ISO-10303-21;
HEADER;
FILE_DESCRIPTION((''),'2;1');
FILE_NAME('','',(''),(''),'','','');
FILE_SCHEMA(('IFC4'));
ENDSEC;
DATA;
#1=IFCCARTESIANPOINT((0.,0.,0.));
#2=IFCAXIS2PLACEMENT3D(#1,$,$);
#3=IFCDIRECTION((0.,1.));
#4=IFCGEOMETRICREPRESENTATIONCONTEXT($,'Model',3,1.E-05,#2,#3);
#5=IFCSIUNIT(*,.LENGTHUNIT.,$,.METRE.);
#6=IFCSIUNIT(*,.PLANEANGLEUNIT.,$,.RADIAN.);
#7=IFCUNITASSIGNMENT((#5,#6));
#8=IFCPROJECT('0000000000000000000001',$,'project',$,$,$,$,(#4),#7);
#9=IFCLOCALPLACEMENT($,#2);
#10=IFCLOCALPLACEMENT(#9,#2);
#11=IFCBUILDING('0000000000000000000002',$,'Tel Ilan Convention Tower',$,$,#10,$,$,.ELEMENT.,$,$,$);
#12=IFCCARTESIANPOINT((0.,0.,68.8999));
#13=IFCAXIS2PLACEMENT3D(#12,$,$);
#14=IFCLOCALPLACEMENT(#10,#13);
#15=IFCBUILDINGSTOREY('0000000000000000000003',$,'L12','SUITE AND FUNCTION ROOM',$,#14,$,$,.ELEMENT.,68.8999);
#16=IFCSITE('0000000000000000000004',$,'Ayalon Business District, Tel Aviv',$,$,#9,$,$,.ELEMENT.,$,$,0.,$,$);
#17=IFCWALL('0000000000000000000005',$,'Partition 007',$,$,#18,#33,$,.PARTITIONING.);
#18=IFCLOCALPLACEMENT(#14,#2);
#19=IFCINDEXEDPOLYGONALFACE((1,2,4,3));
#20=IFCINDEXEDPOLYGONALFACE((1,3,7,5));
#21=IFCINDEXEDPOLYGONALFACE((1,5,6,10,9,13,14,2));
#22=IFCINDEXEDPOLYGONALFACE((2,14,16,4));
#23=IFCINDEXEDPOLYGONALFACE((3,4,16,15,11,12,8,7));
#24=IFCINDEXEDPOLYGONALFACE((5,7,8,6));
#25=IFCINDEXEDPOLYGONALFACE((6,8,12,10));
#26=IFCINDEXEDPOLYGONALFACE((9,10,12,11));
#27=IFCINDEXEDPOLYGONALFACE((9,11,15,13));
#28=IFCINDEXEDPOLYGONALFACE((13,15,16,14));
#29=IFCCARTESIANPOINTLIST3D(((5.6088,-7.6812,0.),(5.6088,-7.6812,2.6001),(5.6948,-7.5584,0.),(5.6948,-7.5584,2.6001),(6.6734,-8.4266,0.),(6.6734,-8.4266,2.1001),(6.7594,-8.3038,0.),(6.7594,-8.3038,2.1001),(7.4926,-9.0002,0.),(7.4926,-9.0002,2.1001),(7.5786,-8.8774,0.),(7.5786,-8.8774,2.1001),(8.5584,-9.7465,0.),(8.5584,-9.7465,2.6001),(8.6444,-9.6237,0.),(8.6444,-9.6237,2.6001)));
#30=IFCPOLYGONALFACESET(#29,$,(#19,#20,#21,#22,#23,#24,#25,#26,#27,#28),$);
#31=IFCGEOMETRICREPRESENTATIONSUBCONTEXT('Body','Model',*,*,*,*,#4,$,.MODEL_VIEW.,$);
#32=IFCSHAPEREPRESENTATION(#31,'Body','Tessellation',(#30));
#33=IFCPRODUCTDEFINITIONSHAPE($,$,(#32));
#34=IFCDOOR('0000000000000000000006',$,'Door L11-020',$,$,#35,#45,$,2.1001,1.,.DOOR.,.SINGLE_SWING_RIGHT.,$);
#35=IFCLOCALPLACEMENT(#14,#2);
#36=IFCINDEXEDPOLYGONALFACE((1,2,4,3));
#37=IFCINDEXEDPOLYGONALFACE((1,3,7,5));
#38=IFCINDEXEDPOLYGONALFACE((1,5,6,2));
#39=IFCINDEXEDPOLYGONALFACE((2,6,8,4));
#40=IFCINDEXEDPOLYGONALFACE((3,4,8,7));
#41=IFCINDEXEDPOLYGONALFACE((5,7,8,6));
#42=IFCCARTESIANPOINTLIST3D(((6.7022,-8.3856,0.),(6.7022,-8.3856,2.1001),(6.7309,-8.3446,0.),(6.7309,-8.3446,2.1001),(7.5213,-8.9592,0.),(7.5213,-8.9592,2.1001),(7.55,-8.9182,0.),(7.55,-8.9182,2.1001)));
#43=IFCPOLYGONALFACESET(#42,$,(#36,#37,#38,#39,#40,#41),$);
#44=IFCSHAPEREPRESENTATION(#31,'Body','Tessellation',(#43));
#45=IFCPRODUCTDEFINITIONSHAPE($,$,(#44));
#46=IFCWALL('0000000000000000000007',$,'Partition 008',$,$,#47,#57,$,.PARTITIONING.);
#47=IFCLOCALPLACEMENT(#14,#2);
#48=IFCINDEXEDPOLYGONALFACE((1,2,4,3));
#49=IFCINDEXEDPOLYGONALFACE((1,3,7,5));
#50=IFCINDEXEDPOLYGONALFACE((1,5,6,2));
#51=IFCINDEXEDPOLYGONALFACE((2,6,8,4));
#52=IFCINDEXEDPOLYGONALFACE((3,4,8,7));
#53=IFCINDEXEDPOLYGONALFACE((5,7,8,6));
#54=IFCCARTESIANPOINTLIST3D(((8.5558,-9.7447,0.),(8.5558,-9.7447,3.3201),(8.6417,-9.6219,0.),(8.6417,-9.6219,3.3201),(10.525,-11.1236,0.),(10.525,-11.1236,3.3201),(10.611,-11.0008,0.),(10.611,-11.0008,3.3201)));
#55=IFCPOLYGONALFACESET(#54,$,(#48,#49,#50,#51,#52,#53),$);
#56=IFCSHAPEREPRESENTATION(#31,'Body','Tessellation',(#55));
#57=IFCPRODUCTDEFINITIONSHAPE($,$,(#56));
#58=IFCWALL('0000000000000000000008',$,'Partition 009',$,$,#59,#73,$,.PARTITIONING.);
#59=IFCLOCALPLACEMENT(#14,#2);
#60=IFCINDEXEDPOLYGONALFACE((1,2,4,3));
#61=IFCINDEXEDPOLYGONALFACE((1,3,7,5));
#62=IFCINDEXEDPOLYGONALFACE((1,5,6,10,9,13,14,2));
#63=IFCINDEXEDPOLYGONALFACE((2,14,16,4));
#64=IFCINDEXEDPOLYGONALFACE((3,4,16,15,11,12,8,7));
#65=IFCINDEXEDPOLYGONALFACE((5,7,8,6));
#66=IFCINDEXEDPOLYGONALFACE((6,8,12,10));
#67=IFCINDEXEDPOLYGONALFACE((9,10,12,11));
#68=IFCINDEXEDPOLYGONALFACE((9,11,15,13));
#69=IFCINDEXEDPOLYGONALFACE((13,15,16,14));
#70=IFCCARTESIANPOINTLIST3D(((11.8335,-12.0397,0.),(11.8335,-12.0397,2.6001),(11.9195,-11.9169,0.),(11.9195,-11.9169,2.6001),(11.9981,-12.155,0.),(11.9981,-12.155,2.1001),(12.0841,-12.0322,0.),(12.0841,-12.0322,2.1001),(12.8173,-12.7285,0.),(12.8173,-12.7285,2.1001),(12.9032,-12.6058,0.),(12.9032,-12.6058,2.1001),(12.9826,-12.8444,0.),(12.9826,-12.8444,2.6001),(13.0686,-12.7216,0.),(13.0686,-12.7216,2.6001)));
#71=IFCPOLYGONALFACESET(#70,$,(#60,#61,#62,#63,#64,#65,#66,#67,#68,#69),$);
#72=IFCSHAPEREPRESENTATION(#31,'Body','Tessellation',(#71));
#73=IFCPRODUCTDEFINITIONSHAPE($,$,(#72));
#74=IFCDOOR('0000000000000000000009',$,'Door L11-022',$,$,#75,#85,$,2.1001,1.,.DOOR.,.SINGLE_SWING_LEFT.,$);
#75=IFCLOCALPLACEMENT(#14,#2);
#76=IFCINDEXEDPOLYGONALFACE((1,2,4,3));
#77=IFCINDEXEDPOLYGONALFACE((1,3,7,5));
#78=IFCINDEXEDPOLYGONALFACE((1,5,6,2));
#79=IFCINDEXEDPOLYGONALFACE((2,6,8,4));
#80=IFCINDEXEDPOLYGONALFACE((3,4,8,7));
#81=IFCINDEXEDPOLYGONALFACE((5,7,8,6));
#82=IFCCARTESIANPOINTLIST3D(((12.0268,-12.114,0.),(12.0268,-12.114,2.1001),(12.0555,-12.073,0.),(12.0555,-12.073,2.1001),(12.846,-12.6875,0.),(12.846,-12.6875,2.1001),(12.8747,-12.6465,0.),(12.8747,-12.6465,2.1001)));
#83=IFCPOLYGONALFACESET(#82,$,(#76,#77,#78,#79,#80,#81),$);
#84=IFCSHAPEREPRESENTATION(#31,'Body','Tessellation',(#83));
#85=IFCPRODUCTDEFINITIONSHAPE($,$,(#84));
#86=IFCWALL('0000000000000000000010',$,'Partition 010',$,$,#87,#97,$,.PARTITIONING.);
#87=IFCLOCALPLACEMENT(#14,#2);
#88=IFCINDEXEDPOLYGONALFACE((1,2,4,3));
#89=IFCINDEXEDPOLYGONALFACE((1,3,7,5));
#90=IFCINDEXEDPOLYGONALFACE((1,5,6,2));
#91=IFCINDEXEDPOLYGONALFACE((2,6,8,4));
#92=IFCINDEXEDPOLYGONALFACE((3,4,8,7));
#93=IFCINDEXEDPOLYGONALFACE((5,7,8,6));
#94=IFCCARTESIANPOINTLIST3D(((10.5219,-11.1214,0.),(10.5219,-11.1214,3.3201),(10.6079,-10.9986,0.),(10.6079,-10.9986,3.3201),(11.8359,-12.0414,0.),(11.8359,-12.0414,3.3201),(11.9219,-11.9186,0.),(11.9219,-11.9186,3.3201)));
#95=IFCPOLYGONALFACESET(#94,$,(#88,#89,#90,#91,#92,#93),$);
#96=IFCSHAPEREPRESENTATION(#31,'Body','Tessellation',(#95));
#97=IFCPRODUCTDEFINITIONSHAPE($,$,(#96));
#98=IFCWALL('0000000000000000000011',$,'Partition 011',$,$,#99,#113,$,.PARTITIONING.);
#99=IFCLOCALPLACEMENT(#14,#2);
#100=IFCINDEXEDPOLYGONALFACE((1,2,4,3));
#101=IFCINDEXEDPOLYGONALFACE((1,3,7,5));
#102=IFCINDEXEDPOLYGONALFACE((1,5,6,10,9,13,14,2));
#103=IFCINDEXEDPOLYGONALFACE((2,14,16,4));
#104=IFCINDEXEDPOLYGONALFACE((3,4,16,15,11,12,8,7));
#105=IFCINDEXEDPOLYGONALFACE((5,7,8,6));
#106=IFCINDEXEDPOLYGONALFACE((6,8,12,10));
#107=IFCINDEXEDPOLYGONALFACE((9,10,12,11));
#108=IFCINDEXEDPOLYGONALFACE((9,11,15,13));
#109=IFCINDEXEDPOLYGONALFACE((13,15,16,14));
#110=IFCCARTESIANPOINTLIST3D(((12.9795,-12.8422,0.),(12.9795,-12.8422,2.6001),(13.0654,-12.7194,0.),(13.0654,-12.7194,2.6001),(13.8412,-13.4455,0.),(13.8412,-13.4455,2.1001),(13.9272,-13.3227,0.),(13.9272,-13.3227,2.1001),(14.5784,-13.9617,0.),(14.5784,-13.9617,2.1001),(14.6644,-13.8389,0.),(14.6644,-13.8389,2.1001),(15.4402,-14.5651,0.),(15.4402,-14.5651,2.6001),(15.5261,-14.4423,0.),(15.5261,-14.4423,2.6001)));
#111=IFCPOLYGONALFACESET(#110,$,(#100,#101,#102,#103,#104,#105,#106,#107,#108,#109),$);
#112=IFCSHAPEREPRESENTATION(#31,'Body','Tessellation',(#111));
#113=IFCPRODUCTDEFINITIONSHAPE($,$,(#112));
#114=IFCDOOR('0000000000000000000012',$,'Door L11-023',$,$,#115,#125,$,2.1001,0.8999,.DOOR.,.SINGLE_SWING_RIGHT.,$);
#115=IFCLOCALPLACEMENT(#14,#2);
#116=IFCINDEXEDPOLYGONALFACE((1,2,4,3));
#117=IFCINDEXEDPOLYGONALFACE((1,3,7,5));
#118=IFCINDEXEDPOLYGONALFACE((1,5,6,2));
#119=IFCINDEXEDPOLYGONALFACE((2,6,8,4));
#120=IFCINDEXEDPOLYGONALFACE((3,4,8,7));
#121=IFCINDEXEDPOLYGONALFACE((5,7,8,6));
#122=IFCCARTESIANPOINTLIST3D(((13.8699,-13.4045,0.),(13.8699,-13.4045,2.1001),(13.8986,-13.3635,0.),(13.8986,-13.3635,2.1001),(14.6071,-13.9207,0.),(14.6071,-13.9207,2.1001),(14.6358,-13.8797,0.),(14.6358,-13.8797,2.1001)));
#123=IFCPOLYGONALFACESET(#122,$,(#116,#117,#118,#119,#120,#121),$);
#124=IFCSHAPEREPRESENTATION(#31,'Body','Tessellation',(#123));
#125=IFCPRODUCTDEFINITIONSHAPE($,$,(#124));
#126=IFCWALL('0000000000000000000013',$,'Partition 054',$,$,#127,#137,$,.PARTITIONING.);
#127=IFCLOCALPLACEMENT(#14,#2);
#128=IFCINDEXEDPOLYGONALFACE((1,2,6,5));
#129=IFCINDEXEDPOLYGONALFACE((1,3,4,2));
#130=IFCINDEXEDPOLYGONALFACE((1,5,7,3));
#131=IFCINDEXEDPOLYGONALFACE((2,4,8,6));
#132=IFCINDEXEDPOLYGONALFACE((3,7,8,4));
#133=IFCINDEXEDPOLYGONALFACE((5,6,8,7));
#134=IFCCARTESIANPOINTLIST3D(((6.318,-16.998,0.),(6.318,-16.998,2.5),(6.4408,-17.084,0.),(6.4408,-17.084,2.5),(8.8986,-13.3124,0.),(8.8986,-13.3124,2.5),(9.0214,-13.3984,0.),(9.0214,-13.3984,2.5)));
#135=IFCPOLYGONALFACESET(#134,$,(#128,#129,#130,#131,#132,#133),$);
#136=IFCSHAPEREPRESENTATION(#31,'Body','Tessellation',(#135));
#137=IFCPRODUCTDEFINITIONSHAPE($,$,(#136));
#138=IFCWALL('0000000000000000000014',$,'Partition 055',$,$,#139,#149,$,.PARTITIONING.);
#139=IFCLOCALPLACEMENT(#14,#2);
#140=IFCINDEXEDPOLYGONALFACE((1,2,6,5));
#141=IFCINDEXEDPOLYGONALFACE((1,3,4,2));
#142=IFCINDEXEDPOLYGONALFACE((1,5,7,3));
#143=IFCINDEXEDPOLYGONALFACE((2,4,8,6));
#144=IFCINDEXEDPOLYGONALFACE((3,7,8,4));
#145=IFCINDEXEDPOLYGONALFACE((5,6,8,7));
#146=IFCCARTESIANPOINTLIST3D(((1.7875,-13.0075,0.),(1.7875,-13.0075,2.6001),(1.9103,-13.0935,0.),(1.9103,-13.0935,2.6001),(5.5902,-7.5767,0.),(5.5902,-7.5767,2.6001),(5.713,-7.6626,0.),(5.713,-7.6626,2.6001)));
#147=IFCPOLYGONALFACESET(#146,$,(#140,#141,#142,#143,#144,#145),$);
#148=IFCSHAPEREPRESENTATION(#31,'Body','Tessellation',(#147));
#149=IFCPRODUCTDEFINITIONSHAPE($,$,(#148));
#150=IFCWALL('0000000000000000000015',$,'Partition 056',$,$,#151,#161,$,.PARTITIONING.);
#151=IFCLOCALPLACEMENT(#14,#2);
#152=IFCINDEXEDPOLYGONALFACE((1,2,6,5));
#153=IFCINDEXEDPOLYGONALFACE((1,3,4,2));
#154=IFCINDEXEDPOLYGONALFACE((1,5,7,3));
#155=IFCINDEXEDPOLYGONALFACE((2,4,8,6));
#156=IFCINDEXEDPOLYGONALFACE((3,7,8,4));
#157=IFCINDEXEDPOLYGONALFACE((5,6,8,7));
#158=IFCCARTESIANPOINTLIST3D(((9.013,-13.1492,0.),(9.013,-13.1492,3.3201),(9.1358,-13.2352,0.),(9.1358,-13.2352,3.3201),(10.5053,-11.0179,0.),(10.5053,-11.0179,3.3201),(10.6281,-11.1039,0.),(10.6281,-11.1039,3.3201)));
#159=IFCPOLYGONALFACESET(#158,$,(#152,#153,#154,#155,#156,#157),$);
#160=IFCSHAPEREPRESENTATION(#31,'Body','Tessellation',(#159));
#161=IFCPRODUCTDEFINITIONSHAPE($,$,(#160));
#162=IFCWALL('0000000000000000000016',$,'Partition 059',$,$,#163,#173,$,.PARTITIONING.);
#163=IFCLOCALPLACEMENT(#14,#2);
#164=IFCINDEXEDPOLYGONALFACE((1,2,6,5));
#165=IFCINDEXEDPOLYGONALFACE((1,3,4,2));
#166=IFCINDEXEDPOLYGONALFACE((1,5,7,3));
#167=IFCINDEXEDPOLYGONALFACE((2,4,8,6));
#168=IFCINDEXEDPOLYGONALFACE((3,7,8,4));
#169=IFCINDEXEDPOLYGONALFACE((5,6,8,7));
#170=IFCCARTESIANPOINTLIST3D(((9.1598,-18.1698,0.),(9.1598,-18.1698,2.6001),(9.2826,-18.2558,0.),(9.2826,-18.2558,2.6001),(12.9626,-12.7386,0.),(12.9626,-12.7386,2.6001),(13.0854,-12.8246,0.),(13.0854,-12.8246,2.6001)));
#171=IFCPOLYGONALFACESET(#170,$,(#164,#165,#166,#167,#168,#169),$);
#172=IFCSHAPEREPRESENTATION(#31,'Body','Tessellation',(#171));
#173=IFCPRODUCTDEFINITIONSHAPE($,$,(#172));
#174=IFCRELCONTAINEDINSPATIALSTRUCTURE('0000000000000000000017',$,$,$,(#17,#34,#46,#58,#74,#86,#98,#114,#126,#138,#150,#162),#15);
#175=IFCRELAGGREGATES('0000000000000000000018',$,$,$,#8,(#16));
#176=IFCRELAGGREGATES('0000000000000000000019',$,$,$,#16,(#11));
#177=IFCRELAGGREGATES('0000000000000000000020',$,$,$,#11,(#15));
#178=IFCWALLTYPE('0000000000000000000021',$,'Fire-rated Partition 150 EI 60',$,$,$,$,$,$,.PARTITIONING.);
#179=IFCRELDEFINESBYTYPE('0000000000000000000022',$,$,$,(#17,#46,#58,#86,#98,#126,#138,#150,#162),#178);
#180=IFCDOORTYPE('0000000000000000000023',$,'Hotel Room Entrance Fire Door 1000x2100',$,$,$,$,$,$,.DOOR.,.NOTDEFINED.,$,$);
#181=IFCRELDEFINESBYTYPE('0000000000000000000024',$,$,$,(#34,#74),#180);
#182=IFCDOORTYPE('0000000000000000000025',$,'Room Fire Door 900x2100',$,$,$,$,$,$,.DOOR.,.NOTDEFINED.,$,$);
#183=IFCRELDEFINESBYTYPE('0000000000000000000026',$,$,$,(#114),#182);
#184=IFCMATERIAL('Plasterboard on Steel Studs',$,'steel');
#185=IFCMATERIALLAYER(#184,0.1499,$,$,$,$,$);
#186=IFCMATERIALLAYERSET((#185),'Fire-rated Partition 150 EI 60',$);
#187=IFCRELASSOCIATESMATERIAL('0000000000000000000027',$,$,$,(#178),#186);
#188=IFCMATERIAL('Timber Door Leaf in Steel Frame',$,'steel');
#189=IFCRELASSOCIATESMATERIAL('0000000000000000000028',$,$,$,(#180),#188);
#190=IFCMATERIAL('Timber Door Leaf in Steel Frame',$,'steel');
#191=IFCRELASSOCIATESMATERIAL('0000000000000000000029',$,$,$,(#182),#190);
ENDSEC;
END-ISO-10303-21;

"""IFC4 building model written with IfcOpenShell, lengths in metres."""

from ifc_helpers import new_model, si_unit, direction, frame, frame_2d, origin, place, context, subcontext, project, spatial, rectangle, extrude, material, layer, layer_set, type_object, element, fill, save


model = new_model("IFC4")

# Units and contexts
model_context = context("Model", 3, precision=1e-05, world=origin(), true_north=direction((0.0, 1.0)))
body_context = subcontext(model_context, "Body", "Model", "MODEL_VIEW")
ifc_project = project(units=[si_unit("LENGTHUNIT", "METRE"), si_unit("PLANEANGLEUNIT", "RADIAN")], contexts=[model_context])

# Site, building, storey
site_placement = place(None, origin())
site = spatial("IfcSite", under=ifc_project, at=site_placement, Name="Ayalon Business District, Tel Aviv", CompositionType="ELEMENT", RefElevation=0.0)
building_placement = place(site_placement, origin())
building = spatial("IfcBuilding", under=site, at=building_placement, Name="Tel Ilan Convention Tower", CompositionType="ELEMENT")
storey_placement = place(building_placement, frame((0.0, 0.0, 68.8999)))
storey = spatial("IfcBuildingStorey", under=building, at=storey_placement, Name="L12", Description="SUITE AND FUNCTION ROOM", CompositionType="ELEMENT", Elevation=68.8999)

# Wall, opening, door
ifc_material_1 = material(Name="Plasterboard on Steel Studs", Category="steel")
ifc_layer_1 = layer(ifc_material_1, 0.1499)
ifc_layer_set_1 = layer_set([ifc_layer_1], Name="Fire-rated Partition 150 EI 60")
wall_type_1 = type_object("IfcWallType", Name="Fire-rated Partition 150 EI 60", PredefinedType="PARTITIONING", material=ifc_layer_set_1)
wall_1_placement = place(storey_placement, frame((8.6013, -9.6851, 0.0), z_axis=(0.0, 0.0, 1.0), x_axis=(-0.819149, 0.573581, 0.0)))
wall_1 = element("IfcWall", 1, at=wall_1_placement, inside=storey, type_object=wall_type_1, Name="Partition 007", PredefinedType="PARTITIONING", context=body_context, shape_type="SweptSolid", body=[
    extrude(rectangle(XDim=3.6008, YDim=0.1499, at=frame_2d((1.8003, 0.0))), origin(), (0.0, 0.0, 1.0), 2.6001),
])
opening_1_placement = place(wall_1_placement, frame((1.301, 0.0, 0.0)))
opening_1 = element("IfcOpeningElement", 2, at=opening_1_placement, cuts=wall_1, PredefinedType="OPENING", context=body_context, shape_type="SweptSolid", body=[
    extrude(rectangle(XDim=1.0, YDim=2.1001, at=frame_2d((0.5, 1.05))), frame((0.0, 0.085, 0.0), z_axis=(0.0, -1.0, 0.0), x_axis=(1.0, 0.0, 0.0)), (0.0, 0.0, 1.0), 0.1699),
])
ifc_material_2 = material(Name="Timber Door Leaf in Steel Frame", Category="steel")
door_type_1 = type_object("IfcDoorType", Name="Hotel Room Entrance Fire Door 1000x2100", OperationType="NOTDEFINED", PredefinedType="DOOR", material=ifc_material_2)
door_1_placement = place(opening_1_placement, origin())
door_1 = element("IfcDoor", 3, at=door_1_placement, inside=storey, type_object=door_type_1, Name="Door L11-020", OperationType="SINGLE_SWING_RIGHT", OverallHeight=2.1001, OverallWidth=1.0, PredefinedType="DOOR", context=body_context, shape_type="SweptSolid", body=[
    extrude(rectangle(XDim=1.0, YDim=2.1001, at=frame_2d((0.5, 1.05))), frame((0.0, 0.0249, 0.0), z_axis=(0.0, -1.0, 0.0), x_axis=(1.0, 0.0, 0.0)), (0.0, 0.0, 1.0), 0.05),
])
fill(opening_1, door_1)

# Wall
wall_2_placement = place(storey_placement, frame((10.5681, -11.0623, 0.0), z_axis=(0.0, 0.0, 1.0), x_axis=(-0.819146, 0.573585, 0.0)))
element("IfcWall", 4, at=wall_2_placement, inside=storey, type_object=wall_type_1, Name="Partition 008", PredefinedType="PARTITIONING", context=body_context, shape_type="SweptSolid", body=[
    extrude(rectangle(XDim=2.4041, YDim=0.1499, at=frame_2d((1.2021, 0.0))), origin(), (0.0, 0.0, 1.0), 3.3201),
])

# Wall, opening, door
wall_3_placement = place(storey_placement, frame((13.0256, -12.783, 0.0), z_axis=(0.0, 0.0, 1.0), x_axis=(-0.819142, 0.573591, 0.0)))
wall_3 = element("IfcWall", 5, at=wall_3_placement, inside=storey, type_object=wall_type_1, Name="Partition 009", PredefinedType="PARTITIONING", context=body_context, shape_type="SweptSolid", body=[
    extrude(rectangle(XDim=1.4028, YDim=0.1499, at=frame_2d((0.7014, 0.0))), origin(), (0.0, 0.0, 1.0), 2.6001),
])
opening_2_placement = place(wall_3_placement, frame((0.2019, 0.0, 0.0)))
opening_2 = element("IfcOpeningElement", 6, at=opening_2_placement, cuts=wall_3, PredefinedType="OPENING", context=body_context, shape_type="SweptSolid", body=[
    extrude(rectangle(XDim=1.0, YDim=2.1001, at=frame_2d((0.5, 1.05))), frame((0.0, 0.085, 0.0), z_axis=(0.0, -1.0, 0.0), x_axis=(1.0, 0.0, 0.0)), (0.0, 0.0, 1.0), 0.1699),
])
door_2_placement = place(opening_2_placement, origin())
door_2 = element("IfcDoor", 7, at=door_2_placement, inside=storey, type_object=door_type_1, Name="Door L11-022", OperationType="SINGLE_SWING_LEFT", OverallHeight=2.1001, OverallWidth=1.0, PredefinedType="DOOR", context=body_context, shape_type="SweptSolid", body=[
    extrude(rectangle(XDim=1.0, YDim=2.1001, at=frame_2d((0.5, 1.05))), frame((0.0, 0.0249, 0.0), z_axis=(0.0, -1.0, 0.0), x_axis=(1.0, 0.0, 0.0)), (0.0, 0.0, 1.0), 0.05),
])
fill(opening_2, door_2)

# Wall
wall_4_placement = place(storey_placement, frame((11.8789, -11.98, 0.0), z_axis=(0.0, 0.0, 1.0), x_axis=(-0.819189, 0.573524, 0.0)))
element("IfcWall", 8, at=wall_4_placement, inside=storey, type_object=wall_type_1, Name="Partition 010", PredefinedType="PARTITIONING", context=body_context, shape_type="SweptSolid", body=[
    extrude(rectangle(XDim=1.604, YDim=0.1499, at=frame_2d((0.802, 0.0))), origin(), (0.0, 0.0, 1.0), 3.3201),
])

# Wall, opening, door
wall_5_placement = place(storey_placement, frame((15.4832, -14.5037, 0.0), z_axis=(0.0, 0.0, 1.0), x_axis=(-0.819167, 0.573555, 0.0)))
wall_5 = element("IfcWall", 9, at=wall_5_placement, inside=storey, type_object=wall_type_1, Name="Partition 011", PredefinedType="PARTITIONING", context=body_context, shape_type="SweptSolid", body=[
    extrude(rectangle(XDim=3.0039, YDim=0.1499, at=frame_2d((1.502, 0.0))), origin(), (0.0, 0.0, 1.0), 2.6001),
])
opening_3_placement = place(wall_5_placement, frame((1.052, 0.0, 0.0)))
opening_3 = element("IfcOpeningElement", 10, at=opening_3_placement, cuts=wall_5, PredefinedType="OPENING", context=body_context, shape_type="SweptSolid", body=[
    extrude(rectangle(XDim=0.8999, YDim=2.1001, at=frame_2d((0.45, 1.05))), frame((0.0, 0.085, 0.0), z_axis=(0.0, -1.0, 0.0), x_axis=(1.0, 0.0, 0.0)), (0.0, 0.0, 1.0), 0.1699),
])
ifc_material_3 = material(Name="Timber Door Leaf in Steel Frame", Category="steel")
door_type_2 = type_object("IfcDoorType", Name="Room Fire Door 900x2100", OperationType="NOTDEFINED", PredefinedType="DOOR", material=ifc_material_3)
door_3_placement = place(opening_3_placement, origin())
door_3 = element("IfcDoor", 11, at=door_3_placement, inside=storey, type_object=door_type_2, Name="Door L11-023", OperationType="SINGLE_SWING_RIGHT", OverallHeight=2.1001, OverallWidth=0.8999, PredefinedType="DOOR", context=body_context, shape_type="SweptSolid", body=[
    extrude(rectangle(XDim=0.8999, YDim=2.1001, at=frame_2d((0.45, 1.05))), frame((0.0, 0.0249, 0.0), z_axis=(0.0, -1.0, 0.0), x_axis=(1.0, 0.0, 0.0)), (0.0, 0.0, 1.0), 0.05),
])
fill(opening_3, door_3)

# Walls
wall_6_placement = place(storey_placement, frame((8.96, -13.3555, 0.0), z_axis=(0.0, 0.0, 1.0), x_axis=(-0.573564, -0.819161, 0.0)))
element("IfcWall", 12, at=wall_6_placement, inside=storey, type_object=wall_type_1, Name="Partition 054", PredefinedType="PARTITIONING", context=body_context, shape_type="SweptSolid", body=[
    extrude(rectangle(XDim=4.4993, YDim=0.1499, at=frame_2d((2.2495, 0.0))), origin(), (0.0, 0.0, 1.0), 2.5),
])
wall_7_placement = place(storey_placement, frame((1.8489, -13.0505, 0.0), z_axis=(0.0, 0.0, 1.0), x_axis=(0.573574, 0.819154, 0.0)))
element("IfcWall", 13, at=wall_7_placement, inside=storey, type_object=wall_type_1, Name="Partition 055", PredefinedType="PARTITIONING", context=body_context, shape_type="SweptSolid", body=[
    extrude(rectangle(XDim=6.6299, YDim=0.1499, at=frame_2d((3.3149, 0.0))), origin(), (0.0, 0.0, 1.0), 2.6001),
])
wall_8_placement = place(storey_placement, frame((10.5667, -11.061, 0.0), z_axis=(0.0, 0.0, 1.0), x_axis=(-0.573588, -0.819144, 0.0)))
element("IfcWall", 14, at=wall_8_placement, inside=storey, type_object=wall_type_1, Name="Partition 056", PredefinedType="PARTITIONING", context=body_context, shape_type="SweptSolid", body=[
    extrude(rectangle(XDim=2.6018, YDim=0.1499, at=frame_2d((1.3008, 0.0))), origin(), (0.0, 0.0, 1.0), 3.3201),
])
wall_9_placement = place(storey_placement, frame((13.0239, -12.7817, 0.0), z_axis=(0.0, 0.0, 1.0), x_axis=(-0.573556, -0.819166, 0.0)))
element("IfcWall", 15, at=wall_9_placement, inside=storey, type_object=wall_type_1, Name="Partition 059", PredefinedType="PARTITIONING", context=body_context, shape_type="SweptSolid", body=[
    extrude(rectangle(XDim=6.6301, YDim=0.1499, at=frame_2d((3.3149, 0.0))), origin(), (0.0, 0.0, 1.0), 2.6001),
])

save(model, "model.ifc")
